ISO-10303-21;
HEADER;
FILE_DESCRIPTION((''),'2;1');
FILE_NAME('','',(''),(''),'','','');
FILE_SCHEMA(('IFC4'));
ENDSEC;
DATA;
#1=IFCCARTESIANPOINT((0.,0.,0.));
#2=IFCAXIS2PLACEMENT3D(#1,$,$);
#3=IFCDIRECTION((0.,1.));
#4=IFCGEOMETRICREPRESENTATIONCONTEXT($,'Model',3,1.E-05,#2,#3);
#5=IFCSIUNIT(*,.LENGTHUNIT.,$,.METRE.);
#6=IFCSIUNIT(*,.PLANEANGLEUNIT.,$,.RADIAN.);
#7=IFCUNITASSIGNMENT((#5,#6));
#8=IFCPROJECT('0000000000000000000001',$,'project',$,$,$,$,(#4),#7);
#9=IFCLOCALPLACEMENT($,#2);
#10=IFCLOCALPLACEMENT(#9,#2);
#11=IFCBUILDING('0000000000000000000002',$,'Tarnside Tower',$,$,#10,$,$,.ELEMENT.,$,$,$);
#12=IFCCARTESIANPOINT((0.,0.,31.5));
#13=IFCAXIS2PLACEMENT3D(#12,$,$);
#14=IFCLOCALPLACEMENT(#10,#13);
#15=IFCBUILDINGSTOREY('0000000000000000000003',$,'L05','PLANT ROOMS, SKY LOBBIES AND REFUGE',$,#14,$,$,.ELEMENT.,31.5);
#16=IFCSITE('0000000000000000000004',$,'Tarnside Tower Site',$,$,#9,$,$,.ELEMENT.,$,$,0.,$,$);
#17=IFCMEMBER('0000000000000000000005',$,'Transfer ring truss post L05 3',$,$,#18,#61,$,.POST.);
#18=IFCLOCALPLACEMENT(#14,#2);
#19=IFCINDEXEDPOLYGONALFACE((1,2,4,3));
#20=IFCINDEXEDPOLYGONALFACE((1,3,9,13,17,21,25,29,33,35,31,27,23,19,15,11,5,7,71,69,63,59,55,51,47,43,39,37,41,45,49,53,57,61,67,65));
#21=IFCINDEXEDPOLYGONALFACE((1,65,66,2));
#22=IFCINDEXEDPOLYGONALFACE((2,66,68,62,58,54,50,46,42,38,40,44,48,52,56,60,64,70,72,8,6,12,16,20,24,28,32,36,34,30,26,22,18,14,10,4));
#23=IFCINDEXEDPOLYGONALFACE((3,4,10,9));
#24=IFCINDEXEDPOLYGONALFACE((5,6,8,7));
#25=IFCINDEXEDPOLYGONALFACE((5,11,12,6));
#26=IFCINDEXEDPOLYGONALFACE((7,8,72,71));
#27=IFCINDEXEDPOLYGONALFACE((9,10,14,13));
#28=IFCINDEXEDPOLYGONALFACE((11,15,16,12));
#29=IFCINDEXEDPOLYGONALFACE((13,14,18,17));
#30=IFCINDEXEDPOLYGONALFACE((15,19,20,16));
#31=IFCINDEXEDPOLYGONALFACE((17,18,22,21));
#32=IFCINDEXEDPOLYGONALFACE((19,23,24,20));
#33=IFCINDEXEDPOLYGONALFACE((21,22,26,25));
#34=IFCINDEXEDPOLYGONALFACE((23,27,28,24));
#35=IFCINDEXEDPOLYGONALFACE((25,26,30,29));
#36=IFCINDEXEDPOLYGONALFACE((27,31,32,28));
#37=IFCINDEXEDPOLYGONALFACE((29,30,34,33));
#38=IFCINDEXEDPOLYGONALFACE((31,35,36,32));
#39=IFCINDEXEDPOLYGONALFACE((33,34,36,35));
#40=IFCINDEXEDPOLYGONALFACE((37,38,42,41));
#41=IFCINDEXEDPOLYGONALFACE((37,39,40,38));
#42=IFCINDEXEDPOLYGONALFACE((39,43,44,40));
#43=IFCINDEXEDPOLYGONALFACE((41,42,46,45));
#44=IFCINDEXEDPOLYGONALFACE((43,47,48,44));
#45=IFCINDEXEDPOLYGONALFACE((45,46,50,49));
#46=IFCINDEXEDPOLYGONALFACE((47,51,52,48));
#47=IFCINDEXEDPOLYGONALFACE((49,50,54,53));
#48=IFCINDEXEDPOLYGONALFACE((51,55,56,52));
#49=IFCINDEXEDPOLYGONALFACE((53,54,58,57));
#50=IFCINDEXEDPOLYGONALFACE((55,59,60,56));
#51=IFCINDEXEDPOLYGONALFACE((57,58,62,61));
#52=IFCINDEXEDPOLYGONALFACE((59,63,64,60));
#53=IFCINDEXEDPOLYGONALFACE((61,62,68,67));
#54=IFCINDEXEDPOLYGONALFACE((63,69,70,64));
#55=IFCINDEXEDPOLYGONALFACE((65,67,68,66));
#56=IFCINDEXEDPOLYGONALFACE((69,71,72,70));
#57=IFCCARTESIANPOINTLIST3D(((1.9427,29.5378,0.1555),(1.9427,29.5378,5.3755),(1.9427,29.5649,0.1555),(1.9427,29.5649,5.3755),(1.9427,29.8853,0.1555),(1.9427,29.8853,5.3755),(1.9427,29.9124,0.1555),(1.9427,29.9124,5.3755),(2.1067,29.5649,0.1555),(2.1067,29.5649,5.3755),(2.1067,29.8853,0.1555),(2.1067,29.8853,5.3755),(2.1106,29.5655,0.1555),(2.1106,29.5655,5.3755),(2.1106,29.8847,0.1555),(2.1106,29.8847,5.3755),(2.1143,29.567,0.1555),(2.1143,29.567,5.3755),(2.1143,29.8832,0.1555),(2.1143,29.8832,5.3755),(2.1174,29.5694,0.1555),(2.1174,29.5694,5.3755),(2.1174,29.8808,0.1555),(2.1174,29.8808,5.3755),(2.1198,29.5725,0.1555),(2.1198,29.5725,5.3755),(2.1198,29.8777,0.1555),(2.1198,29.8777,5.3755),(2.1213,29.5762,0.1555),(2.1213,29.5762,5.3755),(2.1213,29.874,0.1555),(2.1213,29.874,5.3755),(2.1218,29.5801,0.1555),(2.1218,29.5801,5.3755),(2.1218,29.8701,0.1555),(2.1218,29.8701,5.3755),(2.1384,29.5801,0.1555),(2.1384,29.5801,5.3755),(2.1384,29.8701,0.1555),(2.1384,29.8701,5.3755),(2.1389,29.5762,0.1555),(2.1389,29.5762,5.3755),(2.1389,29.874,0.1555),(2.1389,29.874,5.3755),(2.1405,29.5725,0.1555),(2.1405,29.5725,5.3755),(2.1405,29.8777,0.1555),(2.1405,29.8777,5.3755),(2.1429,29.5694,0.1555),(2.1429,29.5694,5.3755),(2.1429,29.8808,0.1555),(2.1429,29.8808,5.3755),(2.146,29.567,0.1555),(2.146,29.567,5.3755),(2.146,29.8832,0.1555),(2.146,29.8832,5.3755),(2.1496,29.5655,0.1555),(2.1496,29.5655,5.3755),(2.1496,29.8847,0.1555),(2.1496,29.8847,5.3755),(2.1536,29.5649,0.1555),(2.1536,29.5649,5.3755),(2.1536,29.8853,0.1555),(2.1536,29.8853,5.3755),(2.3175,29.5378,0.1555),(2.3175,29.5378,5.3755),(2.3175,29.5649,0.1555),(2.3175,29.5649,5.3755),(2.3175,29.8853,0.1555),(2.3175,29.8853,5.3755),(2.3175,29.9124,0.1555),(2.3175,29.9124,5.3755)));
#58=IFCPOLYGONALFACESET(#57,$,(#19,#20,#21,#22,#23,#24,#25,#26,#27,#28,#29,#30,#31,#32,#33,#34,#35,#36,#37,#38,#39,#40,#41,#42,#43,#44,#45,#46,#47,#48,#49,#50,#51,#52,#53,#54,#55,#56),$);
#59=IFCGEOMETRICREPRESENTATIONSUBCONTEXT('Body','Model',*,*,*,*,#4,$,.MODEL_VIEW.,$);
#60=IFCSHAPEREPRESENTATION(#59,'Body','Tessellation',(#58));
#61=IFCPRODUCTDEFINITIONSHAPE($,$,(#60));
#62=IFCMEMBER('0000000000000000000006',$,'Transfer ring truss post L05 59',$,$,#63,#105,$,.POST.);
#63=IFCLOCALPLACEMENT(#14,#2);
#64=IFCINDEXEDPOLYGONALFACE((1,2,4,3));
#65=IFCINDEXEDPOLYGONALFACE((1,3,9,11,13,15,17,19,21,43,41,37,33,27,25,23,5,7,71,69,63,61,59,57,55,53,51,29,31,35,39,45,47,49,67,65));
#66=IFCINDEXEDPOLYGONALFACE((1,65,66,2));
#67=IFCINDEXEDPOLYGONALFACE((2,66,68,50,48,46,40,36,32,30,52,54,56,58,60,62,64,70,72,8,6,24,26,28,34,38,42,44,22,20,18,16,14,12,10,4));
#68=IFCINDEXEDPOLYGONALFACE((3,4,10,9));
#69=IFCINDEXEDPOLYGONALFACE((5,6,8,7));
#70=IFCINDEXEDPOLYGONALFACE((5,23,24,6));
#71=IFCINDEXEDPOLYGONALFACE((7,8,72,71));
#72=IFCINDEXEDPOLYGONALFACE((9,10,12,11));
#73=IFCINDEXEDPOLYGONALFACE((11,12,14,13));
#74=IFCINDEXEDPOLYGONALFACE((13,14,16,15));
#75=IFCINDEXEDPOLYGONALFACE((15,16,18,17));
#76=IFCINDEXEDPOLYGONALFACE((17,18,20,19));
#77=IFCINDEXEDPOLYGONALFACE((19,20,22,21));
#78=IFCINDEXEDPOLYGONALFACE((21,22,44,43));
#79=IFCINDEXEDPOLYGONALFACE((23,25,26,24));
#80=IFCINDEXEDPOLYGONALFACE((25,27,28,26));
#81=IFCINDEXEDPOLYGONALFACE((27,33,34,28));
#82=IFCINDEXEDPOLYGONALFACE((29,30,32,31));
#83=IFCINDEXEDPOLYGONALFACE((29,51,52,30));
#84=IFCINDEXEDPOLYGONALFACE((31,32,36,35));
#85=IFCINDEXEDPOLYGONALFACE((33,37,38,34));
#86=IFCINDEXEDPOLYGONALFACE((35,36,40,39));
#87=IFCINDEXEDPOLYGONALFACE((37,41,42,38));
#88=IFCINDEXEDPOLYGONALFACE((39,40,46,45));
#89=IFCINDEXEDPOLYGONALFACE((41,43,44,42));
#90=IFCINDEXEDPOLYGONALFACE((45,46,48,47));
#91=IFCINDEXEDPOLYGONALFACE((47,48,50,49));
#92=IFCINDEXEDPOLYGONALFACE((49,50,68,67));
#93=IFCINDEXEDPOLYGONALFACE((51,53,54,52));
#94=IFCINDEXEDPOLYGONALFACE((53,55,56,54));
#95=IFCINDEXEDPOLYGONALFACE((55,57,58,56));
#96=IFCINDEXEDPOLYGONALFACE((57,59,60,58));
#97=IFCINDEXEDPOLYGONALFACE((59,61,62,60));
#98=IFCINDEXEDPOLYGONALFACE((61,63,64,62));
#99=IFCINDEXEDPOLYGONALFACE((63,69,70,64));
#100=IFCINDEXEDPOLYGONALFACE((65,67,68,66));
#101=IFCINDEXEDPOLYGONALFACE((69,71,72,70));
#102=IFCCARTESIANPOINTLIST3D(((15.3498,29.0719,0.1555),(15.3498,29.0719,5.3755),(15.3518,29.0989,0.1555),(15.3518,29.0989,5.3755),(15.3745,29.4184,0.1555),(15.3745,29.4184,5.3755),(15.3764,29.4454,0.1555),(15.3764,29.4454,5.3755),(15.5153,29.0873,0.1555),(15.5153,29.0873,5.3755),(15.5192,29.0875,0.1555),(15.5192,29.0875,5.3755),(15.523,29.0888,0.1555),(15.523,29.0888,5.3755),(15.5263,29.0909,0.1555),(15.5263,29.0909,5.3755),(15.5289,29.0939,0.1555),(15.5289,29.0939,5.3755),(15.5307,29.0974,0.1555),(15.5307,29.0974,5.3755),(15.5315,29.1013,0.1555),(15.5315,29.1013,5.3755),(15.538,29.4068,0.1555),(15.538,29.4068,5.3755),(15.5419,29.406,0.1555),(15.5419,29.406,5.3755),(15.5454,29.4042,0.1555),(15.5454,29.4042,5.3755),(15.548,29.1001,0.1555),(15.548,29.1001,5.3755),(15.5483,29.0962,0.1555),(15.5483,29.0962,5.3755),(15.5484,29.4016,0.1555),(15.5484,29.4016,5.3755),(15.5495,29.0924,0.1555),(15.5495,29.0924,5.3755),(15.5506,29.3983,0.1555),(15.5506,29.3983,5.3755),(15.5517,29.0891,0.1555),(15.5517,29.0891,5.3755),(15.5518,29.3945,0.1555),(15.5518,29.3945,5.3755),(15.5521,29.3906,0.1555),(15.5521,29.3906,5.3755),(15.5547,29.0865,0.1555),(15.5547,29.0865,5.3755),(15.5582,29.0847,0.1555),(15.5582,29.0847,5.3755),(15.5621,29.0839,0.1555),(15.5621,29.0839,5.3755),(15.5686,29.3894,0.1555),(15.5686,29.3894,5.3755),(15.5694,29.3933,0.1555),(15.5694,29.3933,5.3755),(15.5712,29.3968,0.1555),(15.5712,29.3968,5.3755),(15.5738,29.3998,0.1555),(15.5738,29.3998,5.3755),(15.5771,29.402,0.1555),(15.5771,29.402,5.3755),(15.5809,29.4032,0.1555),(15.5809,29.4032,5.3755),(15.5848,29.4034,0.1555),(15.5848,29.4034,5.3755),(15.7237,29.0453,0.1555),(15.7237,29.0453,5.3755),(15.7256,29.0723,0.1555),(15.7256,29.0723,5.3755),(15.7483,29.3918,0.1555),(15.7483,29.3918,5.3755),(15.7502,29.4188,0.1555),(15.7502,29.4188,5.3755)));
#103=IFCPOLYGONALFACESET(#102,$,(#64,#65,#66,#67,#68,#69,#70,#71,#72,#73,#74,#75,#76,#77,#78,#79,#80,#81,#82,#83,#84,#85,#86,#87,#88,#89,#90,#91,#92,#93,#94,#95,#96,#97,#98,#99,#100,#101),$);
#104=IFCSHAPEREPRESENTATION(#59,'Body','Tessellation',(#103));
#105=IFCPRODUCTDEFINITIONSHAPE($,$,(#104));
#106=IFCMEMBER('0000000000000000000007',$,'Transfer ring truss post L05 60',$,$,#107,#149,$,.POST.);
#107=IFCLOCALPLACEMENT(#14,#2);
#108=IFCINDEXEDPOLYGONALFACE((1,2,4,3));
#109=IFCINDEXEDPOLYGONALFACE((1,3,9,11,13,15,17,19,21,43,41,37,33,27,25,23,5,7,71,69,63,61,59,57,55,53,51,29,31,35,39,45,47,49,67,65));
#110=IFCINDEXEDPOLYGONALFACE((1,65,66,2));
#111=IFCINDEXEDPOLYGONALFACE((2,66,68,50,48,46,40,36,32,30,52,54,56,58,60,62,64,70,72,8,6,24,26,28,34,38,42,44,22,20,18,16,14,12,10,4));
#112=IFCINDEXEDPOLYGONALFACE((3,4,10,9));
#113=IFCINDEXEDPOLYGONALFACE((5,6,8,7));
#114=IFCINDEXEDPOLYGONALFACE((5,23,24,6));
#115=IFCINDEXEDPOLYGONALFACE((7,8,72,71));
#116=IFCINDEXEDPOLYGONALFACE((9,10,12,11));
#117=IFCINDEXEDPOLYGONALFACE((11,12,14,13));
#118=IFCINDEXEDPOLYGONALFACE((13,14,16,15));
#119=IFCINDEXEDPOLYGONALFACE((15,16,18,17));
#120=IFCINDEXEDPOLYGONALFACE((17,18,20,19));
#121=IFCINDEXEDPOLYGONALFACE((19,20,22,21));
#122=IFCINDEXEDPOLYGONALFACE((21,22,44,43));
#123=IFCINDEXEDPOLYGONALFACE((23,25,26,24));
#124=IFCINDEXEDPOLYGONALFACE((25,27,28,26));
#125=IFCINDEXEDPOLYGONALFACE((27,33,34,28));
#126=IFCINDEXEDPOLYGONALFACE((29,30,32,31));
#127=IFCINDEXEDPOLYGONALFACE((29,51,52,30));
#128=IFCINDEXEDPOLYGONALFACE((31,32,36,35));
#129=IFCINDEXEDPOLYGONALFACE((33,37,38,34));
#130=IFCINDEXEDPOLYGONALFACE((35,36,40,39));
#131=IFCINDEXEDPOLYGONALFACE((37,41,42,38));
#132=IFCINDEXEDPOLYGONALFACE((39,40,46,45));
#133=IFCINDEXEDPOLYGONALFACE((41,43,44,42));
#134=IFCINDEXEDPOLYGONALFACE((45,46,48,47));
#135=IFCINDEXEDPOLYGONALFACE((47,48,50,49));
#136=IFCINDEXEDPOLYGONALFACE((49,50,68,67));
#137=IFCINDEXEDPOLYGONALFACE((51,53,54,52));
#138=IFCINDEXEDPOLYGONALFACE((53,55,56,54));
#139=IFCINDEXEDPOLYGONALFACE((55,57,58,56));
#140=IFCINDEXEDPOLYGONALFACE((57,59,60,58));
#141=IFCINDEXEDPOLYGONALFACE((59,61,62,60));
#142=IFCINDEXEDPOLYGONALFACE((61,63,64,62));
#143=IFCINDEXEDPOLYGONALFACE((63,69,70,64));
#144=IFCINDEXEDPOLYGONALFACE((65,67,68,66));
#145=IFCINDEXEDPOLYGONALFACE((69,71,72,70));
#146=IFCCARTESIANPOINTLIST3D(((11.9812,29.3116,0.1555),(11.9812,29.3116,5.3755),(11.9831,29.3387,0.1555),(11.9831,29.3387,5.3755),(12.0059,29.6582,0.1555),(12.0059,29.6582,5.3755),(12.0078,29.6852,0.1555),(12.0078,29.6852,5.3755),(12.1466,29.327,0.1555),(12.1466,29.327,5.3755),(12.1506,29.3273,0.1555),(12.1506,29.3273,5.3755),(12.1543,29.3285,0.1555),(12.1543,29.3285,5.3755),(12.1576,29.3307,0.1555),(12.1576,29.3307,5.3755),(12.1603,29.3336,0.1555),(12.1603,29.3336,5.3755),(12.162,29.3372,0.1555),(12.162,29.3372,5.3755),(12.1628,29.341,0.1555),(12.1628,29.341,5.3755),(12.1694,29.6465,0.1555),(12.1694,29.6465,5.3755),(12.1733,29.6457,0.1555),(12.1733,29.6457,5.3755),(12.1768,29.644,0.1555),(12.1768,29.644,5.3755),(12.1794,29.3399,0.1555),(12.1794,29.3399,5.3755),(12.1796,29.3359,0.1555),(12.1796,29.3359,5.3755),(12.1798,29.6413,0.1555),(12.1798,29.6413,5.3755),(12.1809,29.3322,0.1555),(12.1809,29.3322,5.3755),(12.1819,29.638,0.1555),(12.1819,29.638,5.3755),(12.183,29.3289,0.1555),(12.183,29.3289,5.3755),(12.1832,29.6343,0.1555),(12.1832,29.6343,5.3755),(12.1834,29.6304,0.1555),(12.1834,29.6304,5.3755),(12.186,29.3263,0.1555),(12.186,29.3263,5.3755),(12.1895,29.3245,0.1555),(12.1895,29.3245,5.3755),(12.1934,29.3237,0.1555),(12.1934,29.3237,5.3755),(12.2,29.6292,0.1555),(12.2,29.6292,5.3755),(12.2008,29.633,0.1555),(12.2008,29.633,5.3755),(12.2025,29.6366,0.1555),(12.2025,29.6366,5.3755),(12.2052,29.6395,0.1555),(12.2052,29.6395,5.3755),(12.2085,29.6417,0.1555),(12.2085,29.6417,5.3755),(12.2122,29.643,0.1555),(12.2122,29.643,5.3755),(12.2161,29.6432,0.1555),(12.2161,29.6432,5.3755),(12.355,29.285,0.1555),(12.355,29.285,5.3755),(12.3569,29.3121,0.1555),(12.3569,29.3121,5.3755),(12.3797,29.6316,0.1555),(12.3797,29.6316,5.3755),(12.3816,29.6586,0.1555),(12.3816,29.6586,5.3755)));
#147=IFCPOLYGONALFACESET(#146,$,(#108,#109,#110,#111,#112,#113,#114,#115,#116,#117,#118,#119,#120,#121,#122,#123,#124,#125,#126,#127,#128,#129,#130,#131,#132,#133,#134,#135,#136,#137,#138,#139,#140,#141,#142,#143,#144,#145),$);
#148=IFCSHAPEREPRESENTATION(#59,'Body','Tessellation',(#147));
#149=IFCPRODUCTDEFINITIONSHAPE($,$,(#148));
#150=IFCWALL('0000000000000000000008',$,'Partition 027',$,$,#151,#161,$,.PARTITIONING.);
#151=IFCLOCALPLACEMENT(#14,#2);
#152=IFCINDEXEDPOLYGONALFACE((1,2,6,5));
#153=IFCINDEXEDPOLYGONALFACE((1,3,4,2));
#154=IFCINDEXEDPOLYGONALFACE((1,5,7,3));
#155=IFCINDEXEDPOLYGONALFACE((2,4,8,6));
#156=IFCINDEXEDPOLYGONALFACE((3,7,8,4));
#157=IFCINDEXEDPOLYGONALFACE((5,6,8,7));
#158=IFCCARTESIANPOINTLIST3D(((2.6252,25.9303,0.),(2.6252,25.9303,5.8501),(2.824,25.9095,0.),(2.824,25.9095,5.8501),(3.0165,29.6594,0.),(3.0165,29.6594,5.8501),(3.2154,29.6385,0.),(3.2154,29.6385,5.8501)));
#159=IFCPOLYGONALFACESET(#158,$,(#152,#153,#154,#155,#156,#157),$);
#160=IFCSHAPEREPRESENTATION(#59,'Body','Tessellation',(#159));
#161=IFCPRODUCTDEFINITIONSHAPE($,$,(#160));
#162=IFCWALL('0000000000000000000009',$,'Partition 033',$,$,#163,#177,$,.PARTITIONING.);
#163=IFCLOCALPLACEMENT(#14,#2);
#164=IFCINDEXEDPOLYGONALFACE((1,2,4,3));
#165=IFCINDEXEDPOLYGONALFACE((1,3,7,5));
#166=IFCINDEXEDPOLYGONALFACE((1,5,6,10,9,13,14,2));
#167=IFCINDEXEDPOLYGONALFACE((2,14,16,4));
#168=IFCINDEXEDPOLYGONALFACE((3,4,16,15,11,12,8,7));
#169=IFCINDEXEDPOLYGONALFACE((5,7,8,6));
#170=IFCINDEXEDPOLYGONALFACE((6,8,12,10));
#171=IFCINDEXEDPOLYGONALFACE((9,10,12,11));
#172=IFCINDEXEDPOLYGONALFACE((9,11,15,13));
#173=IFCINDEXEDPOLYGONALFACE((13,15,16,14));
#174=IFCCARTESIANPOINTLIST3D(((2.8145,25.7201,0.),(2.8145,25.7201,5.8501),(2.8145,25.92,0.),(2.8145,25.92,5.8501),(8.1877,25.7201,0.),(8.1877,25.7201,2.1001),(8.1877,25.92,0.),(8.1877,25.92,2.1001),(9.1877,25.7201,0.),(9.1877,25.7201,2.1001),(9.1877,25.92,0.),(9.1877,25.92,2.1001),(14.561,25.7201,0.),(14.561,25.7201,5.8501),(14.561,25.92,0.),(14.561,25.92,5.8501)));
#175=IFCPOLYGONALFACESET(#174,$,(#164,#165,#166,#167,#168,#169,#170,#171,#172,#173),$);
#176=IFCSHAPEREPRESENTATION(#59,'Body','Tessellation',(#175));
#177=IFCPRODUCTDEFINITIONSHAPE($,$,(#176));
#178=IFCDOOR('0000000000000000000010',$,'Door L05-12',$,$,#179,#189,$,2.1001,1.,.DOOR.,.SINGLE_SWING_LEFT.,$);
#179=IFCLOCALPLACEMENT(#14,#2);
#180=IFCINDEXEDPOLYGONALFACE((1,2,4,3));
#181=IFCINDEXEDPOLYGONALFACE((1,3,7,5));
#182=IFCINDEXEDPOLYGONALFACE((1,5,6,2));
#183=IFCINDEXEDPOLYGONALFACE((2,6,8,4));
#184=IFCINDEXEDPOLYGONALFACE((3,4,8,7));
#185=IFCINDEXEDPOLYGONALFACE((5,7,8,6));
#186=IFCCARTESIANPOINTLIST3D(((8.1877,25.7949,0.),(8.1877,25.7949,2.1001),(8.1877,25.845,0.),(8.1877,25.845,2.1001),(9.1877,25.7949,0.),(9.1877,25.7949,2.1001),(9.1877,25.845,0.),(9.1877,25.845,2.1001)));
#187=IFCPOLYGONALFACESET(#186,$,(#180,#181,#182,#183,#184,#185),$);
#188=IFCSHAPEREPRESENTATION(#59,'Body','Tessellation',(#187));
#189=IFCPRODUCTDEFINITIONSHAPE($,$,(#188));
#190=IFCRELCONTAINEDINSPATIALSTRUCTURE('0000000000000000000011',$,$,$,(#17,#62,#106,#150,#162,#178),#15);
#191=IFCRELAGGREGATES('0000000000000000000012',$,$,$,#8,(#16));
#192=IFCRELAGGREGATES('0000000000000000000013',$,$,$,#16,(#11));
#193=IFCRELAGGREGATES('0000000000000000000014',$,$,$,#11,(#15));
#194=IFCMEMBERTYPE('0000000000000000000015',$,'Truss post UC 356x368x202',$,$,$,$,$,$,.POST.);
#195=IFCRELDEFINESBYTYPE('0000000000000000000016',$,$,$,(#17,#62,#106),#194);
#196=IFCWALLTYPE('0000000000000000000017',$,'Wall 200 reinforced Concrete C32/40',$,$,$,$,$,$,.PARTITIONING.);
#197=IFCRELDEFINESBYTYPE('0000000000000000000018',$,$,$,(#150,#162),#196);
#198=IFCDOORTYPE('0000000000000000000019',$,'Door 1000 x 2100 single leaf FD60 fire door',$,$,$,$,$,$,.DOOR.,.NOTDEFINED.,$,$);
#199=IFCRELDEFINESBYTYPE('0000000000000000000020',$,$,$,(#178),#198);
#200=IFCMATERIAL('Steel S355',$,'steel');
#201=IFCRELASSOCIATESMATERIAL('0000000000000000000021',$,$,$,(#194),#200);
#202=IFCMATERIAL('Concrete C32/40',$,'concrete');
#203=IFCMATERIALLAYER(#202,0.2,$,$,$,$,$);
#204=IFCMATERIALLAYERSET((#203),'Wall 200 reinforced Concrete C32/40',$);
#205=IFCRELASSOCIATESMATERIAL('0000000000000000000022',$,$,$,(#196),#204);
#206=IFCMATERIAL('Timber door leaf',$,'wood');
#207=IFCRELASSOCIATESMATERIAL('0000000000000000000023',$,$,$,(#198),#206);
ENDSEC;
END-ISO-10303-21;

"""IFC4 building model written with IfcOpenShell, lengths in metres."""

from ifc_helpers import new_model, si_unit, direction, frame, frame_2d, origin, origin_2d, place, context, subcontext, project, spatial, rectangle, i_section, extrude, material, layer, layer_set, material_profile, profile_set, type_object, element, fill, save


model = new_model("IFC4")

# Units and contexts
model_context = context("Model", 3, precision=1e-05, world=origin(), true_north=direction((0.0, 1.0)))
body_context = subcontext(model_context, "Body", "Model", "MODEL_VIEW")
ifc_project = project(units=[si_unit("LENGTHUNIT", "METRE"), si_unit("PLANEANGLEUNIT", "RADIAN")], contexts=[model_context])

# Site, building, storey
site_placement = place(None, origin())
site = spatial("IfcSite", under=ifc_project, at=site_placement, Name="Tarnside Tower Site", CompositionType="ELEMENT", RefElevation=0.0)
building_placement = place(site_placement, origin())
building = spatial("IfcBuilding", under=site, at=building_placement, Name="Tarnside Tower", CompositionType="ELEMENT")
storey_placement = place(building_placement, frame((0.0, 0.0, 31.5)))
storey = spatial("IfcBuildingStorey", under=building, at=storey_placement, Name="L05", Description="PLANT ROOMS, SKY LOBBIES AND REFUGE", CompositionType="ELEMENT", Elevation=31.5)

# Shared definitions
ifc_material_1 = material(Name="Steel S355", Category="steel")

# Members
ifc_material_profile_1 = material_profile(ifc_material_1, i_section(OverallWidth=0.3748, OverallDepth=0.3745, WebThickness=0.0166, FlangeThickness=0.0271, FilletRadius=0.0151, at=origin_2d()), Name="UC 356x368x202")
ifc_profile_set_1 = profile_set([ifc_material_profile_1], Name="Steel S355")
member_type_1 = type_object("IfcMemberType", Name="Truss post UC 356x368x202", PredefinedType="POST", material=ifc_profile_set_1)
for number, where, z_axis, x_axis, name in (
    (1, (2.1301, 29.7251, 0.1555), (0.0, 0.0, 1.0), (-1.0, 0.0, 0.0), "Transfer ring truss post L05 3"),
    (2, (15.55, 29.2454, 0.1555), (0.0, 0.0, 1.0), (-0.997476, 0.070999, 0.0), "Transfer ring truss post L05 59"),
    (3, (12.1814, 29.4851, 0.1555), (0.0, 0.0, 1.0), (-0.997476, 0.070999, 0.0), "Transfer ring truss post L05 60"),
):
    element("IfcMember", number, at=place(storey_placement, frame(where, z_axis=z_axis, x_axis=x_axis)), inside=storey, type_object=member_type_1, Name=name, PredefinedType="POST", context=body_context, shape_type="SweptSolid", body=[
        extrude(i_section(OverallWidth=0.3748, OverallDepth=0.3745, WebThickness=0.0166, FlangeThickness=0.0271, FilletRadius=0.0151, at=origin_2d()), origin(), (0.0, 0.0, 1.0), 5.22),
    ])

# Wall
ifc_material_2 = material(Name="Concrete C32/40", Category="concrete")
ifc_layer = layer(ifc_material_2, 0.2)
ifc_layer_set = layer_set([ifc_layer], Name="Wall 200 reinforced Concrete C32/40")
wall_type = type_object("IfcWallType", Name="Wall 200 reinforced Concrete C32/40", PredefinedType="PARTITIONING", material=ifc_layer_set)
wall_1_placement = place(storey_placement, frame((3.116, 29.6489, 0.0), z_axis=(0.0, 0.0, 1.0), x_axis=(-0.104376, -0.994538, 0.0)))
element("IfcWall", 4, at=wall_1_placement, inside=storey, type_object=wall_type, Name="Partition 027", PredefinedType="PARTITIONING", context=body_context, shape_type="SweptSolid", body=[
    extrude(rectangle(XDim=3.7495, YDim=0.2, at=frame_2d((1.8748, 0.0))), origin(), (0.0, 0.0, 1.0), 5.8501),
])

# Wall, opening, door
wall_2_placement = place(storey_placement, frame((2.8145, 25.8201, 0.0), z_axis=(0.0, 0.0, 1.0), x_axis=(1.0, 0.0, 0.0)))
wall_2 = element("IfcWall", 5, at=wall_2_placement, inside=storey, type_object=wall_type, Name="Partition 033", PredefinedType="PARTITIONING", context=body_context, shape_type="SweptSolid", body=[
    extrude(rectangle(XDim=11.7466, YDim=0.2, at=frame_2d((5.8733, 0.0))), origin(), (0.0, 0.0, 1.0), 5.8501),
])
opening_placement = place(wall_2_placement, frame((5.3733, 0.0, 0.0)))
opening = element("IfcOpeningElement", 6, at=opening_placement, cuts=wall_2, PredefinedType="OPENING", context=body_context, shape_type="SweptSolid", body=[
    extrude(rectangle(XDim=1.0, YDim=2.1001, at=frame_2d((0.5, 1.05))), frame((0.0, 0.1099, 0.0), z_axis=(0.0, -1.0, 0.0), x_axis=(1.0, 0.0, 0.0)), (0.0, 0.0, 1.0), 0.22),
])
ifc_material_3 = material(Name="Timber door leaf", Category="wood")
door_type = type_object("IfcDoorType", Name="Door 1000 x 2100 single leaf FD60 fire door", OperationType="NOTDEFINED", PredefinedType="DOOR", material=ifc_material_3)
door_placement = place(opening_placement, origin())
door = element("IfcDoor", 7, at=door_placement, inside=storey, type_object=door_type, Name="Door L05-12", OperationType="SINGLE_SWING_LEFT", OverallHeight=2.1001, OverallWidth=1.0, PredefinedType="DOOR", context=body_context, shape_type="SweptSolid", body=[
    extrude(rectangle(XDim=1.0, YDim=2.1001, at=frame_2d((0.5, 1.05))), frame((0.0, 0.0249, 0.0), z_axis=(0.0, -1.0, 0.0), x_axis=(1.0, 0.0, 0.0)), (0.0, 0.0, 1.0), 0.05),
])
fill(opening, door)

save(model, "model.ifc")
